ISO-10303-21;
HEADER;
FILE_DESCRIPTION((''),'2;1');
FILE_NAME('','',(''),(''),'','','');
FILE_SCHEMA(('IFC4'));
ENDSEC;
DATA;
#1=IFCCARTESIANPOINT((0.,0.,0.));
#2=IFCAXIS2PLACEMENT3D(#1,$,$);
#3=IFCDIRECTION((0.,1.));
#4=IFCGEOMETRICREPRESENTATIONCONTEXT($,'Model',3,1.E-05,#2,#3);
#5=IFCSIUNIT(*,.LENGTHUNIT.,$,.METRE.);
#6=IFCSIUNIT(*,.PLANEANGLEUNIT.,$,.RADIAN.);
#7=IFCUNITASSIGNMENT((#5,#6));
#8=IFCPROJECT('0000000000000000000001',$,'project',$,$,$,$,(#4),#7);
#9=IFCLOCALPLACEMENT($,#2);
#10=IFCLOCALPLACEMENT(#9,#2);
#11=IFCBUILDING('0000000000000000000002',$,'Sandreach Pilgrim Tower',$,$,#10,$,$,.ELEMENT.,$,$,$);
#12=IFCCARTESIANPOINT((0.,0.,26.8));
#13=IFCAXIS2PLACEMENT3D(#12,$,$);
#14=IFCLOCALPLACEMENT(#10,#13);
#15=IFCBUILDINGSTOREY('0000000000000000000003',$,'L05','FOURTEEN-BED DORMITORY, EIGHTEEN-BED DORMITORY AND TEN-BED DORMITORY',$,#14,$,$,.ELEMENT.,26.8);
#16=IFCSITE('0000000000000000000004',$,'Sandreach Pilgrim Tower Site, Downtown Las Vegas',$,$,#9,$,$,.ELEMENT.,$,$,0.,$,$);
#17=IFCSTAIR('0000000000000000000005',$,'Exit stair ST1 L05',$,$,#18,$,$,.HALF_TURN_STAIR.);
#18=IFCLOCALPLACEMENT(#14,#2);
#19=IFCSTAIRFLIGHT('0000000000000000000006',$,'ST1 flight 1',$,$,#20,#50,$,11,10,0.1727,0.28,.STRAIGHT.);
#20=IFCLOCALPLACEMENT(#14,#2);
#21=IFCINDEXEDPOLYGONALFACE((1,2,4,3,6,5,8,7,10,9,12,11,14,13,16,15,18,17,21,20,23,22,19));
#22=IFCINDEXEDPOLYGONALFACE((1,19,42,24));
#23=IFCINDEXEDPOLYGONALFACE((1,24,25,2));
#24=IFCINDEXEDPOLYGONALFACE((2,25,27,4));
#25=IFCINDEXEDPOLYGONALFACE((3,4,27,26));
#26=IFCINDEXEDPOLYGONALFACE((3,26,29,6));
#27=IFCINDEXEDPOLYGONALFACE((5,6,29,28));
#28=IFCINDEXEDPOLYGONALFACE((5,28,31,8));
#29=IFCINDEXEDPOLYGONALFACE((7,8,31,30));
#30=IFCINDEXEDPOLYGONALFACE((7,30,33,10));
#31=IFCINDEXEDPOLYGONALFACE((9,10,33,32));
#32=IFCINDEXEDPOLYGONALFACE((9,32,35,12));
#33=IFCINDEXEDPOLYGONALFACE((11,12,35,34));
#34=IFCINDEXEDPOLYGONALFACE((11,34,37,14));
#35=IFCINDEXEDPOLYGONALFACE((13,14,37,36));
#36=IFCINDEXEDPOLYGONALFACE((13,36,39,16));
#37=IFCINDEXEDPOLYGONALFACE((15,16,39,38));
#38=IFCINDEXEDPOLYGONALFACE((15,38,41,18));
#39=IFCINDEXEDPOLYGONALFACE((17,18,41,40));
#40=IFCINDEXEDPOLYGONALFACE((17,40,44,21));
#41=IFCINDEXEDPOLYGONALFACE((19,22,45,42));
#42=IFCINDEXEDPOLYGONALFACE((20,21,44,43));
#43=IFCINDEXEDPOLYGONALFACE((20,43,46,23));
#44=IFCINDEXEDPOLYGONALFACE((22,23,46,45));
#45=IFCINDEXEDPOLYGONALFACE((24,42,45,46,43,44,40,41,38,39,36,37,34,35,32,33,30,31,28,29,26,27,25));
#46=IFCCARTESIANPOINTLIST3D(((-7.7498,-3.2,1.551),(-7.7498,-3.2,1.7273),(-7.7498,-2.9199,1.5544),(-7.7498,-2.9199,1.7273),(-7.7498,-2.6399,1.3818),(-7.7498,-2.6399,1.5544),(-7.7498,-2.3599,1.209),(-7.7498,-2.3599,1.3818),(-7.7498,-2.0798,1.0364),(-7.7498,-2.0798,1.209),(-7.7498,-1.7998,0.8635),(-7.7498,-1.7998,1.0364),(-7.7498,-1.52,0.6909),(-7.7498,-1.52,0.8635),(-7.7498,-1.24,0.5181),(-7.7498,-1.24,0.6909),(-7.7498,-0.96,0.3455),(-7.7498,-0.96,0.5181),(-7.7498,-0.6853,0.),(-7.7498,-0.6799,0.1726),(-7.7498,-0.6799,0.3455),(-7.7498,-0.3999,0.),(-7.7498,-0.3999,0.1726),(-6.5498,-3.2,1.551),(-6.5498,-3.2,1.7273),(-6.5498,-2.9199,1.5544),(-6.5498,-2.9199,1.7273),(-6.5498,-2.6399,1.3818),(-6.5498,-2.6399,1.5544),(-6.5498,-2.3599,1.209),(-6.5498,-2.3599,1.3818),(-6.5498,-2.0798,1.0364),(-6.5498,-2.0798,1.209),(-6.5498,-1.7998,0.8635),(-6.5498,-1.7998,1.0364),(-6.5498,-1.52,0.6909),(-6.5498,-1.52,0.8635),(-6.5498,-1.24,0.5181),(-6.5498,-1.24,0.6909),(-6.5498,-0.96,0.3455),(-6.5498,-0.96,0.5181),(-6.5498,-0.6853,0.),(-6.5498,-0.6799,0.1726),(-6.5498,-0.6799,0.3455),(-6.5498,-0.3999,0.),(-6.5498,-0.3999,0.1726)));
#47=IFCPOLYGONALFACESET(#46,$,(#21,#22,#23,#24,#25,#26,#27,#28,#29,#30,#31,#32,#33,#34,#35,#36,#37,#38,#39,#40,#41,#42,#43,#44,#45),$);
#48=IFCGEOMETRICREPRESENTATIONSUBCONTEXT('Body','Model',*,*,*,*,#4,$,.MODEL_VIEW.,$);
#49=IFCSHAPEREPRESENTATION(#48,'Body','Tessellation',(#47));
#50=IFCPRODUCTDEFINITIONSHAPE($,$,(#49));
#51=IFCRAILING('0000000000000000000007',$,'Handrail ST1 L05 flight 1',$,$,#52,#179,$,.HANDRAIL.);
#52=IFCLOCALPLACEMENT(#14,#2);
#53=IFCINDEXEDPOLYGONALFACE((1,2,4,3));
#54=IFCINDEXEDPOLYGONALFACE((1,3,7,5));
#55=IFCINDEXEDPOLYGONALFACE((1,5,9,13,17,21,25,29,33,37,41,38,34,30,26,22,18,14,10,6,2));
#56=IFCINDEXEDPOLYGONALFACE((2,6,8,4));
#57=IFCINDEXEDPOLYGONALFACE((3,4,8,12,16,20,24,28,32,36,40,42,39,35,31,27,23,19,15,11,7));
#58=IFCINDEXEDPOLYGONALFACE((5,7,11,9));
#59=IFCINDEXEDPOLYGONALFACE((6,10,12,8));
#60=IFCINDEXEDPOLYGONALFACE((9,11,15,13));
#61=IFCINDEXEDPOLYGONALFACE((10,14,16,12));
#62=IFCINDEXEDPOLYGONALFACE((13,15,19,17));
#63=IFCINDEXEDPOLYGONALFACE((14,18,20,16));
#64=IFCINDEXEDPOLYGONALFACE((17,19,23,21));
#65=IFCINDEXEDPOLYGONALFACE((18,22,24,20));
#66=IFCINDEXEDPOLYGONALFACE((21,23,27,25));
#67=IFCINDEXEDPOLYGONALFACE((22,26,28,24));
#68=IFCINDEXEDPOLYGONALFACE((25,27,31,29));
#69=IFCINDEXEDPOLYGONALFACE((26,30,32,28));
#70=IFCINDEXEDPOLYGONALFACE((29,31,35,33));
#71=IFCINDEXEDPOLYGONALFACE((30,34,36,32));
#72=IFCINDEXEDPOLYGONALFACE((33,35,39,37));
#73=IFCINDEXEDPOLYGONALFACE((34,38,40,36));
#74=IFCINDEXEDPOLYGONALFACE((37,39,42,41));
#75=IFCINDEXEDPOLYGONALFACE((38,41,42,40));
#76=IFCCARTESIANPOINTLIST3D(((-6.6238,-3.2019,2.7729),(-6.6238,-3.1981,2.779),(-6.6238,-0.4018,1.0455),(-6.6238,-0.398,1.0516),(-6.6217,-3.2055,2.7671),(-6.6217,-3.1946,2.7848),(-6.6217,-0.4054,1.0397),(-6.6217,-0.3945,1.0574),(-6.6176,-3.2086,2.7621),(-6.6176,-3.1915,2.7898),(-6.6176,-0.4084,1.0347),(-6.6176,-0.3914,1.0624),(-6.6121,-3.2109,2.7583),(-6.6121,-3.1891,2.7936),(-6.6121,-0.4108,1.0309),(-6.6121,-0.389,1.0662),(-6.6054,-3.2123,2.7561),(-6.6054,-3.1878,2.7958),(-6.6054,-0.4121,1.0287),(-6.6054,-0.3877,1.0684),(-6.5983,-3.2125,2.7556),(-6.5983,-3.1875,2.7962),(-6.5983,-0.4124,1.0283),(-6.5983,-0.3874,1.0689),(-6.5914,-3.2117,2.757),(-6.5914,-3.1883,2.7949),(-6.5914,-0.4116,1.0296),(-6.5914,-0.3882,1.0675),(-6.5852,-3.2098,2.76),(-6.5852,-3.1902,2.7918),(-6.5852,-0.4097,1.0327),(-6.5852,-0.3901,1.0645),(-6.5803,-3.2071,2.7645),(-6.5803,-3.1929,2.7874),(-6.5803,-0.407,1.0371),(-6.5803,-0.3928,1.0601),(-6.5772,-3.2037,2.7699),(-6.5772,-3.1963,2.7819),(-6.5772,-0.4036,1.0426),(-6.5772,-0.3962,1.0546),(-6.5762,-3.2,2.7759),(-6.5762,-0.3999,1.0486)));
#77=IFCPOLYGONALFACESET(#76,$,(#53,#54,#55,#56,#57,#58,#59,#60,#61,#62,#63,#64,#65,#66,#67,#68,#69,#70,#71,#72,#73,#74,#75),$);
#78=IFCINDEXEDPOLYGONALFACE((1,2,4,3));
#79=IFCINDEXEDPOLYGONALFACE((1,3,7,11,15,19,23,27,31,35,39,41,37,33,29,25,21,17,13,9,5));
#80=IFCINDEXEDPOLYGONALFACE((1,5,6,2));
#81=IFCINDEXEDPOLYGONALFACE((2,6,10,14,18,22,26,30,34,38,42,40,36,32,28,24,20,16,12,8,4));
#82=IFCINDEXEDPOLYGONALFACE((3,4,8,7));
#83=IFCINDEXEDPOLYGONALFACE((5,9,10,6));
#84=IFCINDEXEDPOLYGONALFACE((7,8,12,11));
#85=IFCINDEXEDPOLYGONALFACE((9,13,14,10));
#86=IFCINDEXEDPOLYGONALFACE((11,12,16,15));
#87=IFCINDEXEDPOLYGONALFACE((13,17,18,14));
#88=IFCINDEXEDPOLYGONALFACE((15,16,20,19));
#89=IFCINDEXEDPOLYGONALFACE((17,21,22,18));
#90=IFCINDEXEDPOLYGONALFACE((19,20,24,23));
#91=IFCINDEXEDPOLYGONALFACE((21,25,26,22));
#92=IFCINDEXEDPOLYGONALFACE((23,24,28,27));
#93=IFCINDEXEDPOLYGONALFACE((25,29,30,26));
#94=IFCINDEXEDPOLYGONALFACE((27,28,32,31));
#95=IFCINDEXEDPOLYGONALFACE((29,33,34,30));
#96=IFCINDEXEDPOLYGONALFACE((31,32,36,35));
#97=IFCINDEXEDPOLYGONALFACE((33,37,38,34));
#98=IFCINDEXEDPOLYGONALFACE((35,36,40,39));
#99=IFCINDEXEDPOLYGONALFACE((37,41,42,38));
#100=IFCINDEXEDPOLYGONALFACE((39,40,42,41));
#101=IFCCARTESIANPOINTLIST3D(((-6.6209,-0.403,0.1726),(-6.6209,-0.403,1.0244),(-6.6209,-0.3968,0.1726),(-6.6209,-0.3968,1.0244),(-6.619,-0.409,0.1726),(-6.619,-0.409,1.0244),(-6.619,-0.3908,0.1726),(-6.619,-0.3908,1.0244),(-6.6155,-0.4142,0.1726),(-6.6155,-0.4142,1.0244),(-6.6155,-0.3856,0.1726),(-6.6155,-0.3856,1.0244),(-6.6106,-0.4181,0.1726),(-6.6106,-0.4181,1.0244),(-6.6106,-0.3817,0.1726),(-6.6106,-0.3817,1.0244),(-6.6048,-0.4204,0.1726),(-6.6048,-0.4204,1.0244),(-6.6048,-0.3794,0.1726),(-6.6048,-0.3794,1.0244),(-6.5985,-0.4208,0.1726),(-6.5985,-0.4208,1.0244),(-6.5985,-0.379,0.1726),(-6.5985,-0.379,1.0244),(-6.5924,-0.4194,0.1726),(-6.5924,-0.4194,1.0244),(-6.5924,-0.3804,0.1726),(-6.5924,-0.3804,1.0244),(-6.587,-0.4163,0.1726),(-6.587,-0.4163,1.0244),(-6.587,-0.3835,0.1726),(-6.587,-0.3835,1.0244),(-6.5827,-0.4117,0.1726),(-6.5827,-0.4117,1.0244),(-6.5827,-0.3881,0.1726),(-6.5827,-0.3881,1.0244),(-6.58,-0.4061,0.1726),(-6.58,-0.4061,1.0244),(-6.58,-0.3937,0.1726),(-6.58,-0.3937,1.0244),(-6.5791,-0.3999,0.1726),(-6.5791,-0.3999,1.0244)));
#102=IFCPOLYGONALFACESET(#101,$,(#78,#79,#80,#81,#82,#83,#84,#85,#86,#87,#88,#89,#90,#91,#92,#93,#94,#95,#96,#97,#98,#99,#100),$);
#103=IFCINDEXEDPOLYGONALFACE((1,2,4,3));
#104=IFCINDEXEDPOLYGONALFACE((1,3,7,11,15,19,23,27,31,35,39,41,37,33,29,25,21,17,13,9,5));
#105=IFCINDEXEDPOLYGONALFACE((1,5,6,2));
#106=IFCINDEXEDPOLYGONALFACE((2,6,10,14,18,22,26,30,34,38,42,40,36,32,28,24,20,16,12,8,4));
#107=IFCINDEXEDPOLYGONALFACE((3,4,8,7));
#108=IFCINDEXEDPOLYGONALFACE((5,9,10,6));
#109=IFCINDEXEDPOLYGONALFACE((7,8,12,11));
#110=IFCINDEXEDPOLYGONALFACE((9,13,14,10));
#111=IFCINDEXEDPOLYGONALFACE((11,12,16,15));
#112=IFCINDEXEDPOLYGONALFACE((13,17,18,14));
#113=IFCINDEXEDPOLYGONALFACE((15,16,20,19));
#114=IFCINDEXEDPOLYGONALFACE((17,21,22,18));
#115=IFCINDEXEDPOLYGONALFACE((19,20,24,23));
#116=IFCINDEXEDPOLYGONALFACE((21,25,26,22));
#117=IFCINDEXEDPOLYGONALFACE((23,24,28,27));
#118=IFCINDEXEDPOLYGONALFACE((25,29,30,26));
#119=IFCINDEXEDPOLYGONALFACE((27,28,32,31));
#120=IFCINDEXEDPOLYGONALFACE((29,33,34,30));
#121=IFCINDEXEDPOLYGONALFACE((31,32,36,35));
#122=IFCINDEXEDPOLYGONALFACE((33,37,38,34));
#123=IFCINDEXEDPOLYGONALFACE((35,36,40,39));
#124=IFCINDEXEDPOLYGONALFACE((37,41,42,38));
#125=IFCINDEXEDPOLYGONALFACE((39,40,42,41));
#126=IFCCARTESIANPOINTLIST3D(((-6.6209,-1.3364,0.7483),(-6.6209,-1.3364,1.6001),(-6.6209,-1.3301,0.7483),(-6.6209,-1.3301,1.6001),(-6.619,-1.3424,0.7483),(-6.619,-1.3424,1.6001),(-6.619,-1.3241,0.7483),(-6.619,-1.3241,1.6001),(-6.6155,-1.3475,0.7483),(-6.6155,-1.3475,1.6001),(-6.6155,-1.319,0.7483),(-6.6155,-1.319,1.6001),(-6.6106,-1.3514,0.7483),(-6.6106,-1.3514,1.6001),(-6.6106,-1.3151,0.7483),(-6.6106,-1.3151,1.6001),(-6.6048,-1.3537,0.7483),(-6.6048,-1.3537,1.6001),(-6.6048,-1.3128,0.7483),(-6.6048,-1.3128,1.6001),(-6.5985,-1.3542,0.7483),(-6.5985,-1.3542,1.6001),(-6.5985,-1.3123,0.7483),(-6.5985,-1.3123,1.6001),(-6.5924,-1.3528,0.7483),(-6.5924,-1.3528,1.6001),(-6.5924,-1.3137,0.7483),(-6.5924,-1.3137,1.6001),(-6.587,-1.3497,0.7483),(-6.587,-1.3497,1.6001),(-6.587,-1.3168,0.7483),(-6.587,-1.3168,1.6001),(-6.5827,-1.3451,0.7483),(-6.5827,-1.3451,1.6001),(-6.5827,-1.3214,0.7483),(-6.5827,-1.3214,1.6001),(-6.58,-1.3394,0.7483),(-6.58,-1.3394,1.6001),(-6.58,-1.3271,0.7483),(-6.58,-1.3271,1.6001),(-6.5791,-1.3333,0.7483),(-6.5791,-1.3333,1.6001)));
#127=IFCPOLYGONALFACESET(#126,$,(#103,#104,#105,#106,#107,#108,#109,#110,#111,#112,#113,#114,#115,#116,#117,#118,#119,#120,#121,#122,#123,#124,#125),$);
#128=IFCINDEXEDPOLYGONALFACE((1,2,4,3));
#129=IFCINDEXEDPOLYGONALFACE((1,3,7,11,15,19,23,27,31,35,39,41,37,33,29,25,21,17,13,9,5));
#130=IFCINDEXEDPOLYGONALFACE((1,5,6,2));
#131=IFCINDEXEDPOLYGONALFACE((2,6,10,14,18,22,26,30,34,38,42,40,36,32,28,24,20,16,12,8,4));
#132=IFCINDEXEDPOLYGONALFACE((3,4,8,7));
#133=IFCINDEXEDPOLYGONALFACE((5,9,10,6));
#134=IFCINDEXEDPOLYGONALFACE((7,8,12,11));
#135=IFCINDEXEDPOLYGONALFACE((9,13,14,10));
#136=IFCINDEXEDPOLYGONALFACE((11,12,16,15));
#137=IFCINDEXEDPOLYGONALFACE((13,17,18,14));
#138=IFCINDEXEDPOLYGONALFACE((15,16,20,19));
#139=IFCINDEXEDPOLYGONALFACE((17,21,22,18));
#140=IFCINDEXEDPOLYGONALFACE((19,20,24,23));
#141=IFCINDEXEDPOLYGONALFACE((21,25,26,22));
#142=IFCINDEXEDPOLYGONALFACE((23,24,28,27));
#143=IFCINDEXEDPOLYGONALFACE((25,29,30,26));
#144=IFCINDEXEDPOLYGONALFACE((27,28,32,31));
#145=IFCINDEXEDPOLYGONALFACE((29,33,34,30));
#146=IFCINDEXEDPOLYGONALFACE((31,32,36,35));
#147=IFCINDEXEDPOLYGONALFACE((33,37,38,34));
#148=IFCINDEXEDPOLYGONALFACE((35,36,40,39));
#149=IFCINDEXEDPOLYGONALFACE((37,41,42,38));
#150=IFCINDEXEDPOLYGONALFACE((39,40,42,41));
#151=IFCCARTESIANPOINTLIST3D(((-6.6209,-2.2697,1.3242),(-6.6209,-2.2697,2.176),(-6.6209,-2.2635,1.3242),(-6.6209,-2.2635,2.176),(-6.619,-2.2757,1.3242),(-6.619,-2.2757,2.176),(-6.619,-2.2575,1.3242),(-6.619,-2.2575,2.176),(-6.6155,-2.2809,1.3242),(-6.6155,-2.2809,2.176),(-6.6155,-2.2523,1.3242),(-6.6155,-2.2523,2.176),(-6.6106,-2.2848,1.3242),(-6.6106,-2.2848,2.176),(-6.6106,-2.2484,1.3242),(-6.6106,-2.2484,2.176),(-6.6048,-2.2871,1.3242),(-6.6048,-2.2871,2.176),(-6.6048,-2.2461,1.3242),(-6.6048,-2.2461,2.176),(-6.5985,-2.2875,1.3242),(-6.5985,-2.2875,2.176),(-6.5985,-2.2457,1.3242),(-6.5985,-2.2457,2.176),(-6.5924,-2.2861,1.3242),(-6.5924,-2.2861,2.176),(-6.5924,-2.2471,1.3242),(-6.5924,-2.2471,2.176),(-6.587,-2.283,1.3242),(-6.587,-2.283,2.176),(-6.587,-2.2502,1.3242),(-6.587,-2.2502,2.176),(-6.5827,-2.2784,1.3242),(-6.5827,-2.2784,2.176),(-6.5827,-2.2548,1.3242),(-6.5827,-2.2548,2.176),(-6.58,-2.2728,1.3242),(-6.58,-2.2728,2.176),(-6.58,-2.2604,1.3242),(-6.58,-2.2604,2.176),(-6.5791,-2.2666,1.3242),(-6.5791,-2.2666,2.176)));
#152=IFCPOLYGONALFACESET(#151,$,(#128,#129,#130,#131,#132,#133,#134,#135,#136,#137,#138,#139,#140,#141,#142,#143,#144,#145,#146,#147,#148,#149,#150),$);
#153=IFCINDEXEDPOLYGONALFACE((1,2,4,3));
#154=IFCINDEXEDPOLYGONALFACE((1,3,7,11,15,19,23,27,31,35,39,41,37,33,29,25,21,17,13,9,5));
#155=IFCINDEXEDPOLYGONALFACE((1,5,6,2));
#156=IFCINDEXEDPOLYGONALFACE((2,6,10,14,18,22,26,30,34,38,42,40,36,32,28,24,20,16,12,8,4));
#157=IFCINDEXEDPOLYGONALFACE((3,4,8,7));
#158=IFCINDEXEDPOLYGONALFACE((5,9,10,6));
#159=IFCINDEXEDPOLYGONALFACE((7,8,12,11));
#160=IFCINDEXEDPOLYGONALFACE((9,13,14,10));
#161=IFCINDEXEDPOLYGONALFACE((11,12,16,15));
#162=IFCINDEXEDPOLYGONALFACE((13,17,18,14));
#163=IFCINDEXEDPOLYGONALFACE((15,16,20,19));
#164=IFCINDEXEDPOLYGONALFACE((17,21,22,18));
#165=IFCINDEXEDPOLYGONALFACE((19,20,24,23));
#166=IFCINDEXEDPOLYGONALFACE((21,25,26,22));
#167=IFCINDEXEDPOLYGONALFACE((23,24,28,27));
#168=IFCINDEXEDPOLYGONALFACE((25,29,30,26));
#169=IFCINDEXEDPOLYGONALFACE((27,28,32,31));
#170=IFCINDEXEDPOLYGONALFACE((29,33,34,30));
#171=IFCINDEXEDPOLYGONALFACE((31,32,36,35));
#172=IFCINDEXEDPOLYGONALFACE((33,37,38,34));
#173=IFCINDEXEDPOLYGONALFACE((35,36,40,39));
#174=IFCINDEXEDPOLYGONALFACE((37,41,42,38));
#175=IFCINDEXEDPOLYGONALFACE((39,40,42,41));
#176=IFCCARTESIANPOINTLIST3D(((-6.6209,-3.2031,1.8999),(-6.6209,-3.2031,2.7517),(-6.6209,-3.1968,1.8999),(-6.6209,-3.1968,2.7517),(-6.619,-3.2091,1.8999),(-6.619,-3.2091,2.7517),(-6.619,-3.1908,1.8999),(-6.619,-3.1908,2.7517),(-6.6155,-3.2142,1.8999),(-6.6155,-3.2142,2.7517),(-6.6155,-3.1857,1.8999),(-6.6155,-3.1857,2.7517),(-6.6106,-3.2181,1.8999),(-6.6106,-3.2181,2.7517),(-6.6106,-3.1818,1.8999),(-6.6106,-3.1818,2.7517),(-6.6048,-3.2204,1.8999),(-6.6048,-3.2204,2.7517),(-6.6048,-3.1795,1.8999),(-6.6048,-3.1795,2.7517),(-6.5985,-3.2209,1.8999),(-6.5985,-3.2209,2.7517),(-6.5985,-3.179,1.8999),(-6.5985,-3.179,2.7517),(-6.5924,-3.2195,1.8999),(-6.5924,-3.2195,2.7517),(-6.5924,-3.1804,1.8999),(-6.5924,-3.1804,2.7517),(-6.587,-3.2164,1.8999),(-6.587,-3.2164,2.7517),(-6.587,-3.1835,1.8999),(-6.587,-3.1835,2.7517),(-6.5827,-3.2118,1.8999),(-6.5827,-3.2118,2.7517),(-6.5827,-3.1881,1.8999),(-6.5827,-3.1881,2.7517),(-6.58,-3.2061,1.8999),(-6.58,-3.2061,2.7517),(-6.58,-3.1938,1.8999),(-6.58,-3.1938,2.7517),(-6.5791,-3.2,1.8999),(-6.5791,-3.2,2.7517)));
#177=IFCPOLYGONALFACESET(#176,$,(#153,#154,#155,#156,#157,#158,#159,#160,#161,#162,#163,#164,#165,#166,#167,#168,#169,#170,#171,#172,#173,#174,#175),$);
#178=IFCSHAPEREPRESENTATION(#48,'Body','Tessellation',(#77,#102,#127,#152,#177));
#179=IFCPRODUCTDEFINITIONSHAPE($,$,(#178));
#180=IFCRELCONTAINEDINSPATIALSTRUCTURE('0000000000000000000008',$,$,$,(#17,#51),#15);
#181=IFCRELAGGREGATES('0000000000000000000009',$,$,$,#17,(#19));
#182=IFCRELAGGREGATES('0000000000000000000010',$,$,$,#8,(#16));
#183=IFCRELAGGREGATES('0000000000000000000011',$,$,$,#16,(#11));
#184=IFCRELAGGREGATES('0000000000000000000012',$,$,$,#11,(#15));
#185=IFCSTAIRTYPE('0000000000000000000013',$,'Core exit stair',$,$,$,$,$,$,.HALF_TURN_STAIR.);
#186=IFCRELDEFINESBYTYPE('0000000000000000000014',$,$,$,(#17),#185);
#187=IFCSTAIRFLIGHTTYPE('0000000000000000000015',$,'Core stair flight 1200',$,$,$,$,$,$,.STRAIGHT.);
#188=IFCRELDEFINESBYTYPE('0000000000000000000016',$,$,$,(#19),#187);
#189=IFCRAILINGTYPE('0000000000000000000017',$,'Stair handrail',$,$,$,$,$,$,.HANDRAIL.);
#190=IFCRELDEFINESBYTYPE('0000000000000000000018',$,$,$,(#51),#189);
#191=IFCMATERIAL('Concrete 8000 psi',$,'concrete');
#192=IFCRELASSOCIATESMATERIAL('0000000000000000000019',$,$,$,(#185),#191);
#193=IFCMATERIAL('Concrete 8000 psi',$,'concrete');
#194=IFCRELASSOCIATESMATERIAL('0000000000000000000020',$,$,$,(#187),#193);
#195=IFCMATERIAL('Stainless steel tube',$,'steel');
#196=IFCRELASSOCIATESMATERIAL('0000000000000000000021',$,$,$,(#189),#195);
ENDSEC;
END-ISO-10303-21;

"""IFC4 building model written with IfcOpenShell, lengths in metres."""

from ifc_helpers import new_model, si_unit, direction, frame, origin, origin_2d, place, context, subcontext, project, spatial, polyline, circle, outline, extrude, material, type_object, element, aggregate, save


model = new_model("IFC4")

# Units and contexts
model_context = context("Model", 3, precision=1e-05, world=origin(), true_north=direction((0.0, 1.0)))
body_context = subcontext(model_context, "Body", "Model", "MODEL_VIEW")
ifc_project = project(units=[si_unit("LENGTHUNIT", "METRE"), si_unit("PLANEANGLEUNIT", "RADIAN")], contexts=[model_context])

# Site, building, storey
site_placement = place(None, origin())
site = spatial("IfcSite", under=ifc_project, at=site_placement, Name="Sandreach Pilgrim Tower Site, Downtown Las Vegas", CompositionType="ELEMENT", RefElevation=0.0)
building_placement = place(site_placement, origin())
building = spatial("IfcBuilding", under=site, at=building_placement, Name="Sandreach Pilgrim Tower", CompositionType="ELEMENT")
storey_placement = place(building_placement, frame((0.0, 0.0, 26.8)))
storey = spatial("IfcBuildingStorey", under=building, at=storey_placement, Name="L05", Description="FOURTEEN-BED DORMITORY, EIGHTEEN-BED DORMITORY AND TEN-BED DORMITORY", CompositionType="ELEMENT", Elevation=26.8)

# Stair, stair flight
ifc_material_1 = material(Name="Concrete 8000 psi", Category="concrete")
stair_type = type_object("IfcStairType", Name="Core exit stair", PredefinedType="HALF_TURN_STAIR", material=ifc_material_1)
stair_placement = place(storey_placement, origin())
stair = element("IfcStair", 1, at=stair_placement, inside=storey, type_object=stair_type, Name="Exit stair ST1 L05", PredefinedType="HALF_TURN_STAIR")
ifc_material_2 = material(Name="Concrete 8000 psi", Category="concrete")
stair_flight_type = type_object("IfcStairFlightType", Name="Core stair flight 1200", PredefinedType="STRAIGHT", material=ifc_material_2)
stair_flight_placement = place(storey_placement, frame((-7.1499, -0.3999, 0.0), z_axis=(0.0, 0.0, 1.0), x_axis=(0.0, -1.0, 0.0)))
stair_flight = element("IfcStairFlight", 2, at=stair_flight_placement, type_object=stair_flight_type, Name="ST1 flight 1", NumberOfRisers=11, NumberOfTreads=10, PredefinedType="STRAIGHT", RiserHeight=0.1727, TreadLength=0.28, context=body_context, shape_type="SweptSolid", body=[
    extrude(outline(polyline([(0.0, 0.0), (0.0, 0.1726), (0.28, 0.1726), (0.28, 0.3455), (0.5601, 0.3455), (0.5601, 0.5181), (0.8401, 0.5181), (0.8401, 0.6909), (1.1201, 0.6909), (1.1201, 0.8635), (1.3999, 0.8635), (1.3999, 1.0364), (1.6799, 1.0364), (1.6799, 1.209), (1.96, 1.209), (1.96, 1.3818), (2.24, 1.3818), (2.24, 1.5544), (2.52, 1.5544), (2.52, 1.7273), (2.8, 1.7273), (2.8, 1.8999), (2.8, 1.551), (0.2854, 0.0), (0.0, 0.0)])), frame((0.0, 0.6001, 0.0), z_axis=(0.0, -1.0, 0.0), x_axis=(1.0, 0.0, 0.0)), (0.0, 0.0, 1.0), 1.2),
])
aggregate(stair, [stair_flight])

# Railing
ifc_material_3 = material(Name="Stainless steel tube", Category="steel")
railing_type = type_object("IfcRailingType", Name="Stair handrail", PredefinedType="HANDRAIL", material=ifc_material_3)
for number, where, name in (
    (3, (-6.6001, -0.3999, 0.1726), "Handrail ST1 L05 flight 1"),
):
    element("IfcRailing", number, at=place(storey_placement, frame(where)), inside=storey, type_object=railing_type, Name=name, PredefinedType="HANDRAIL", context=body_context, shape_type="SweptSolid", body=[
        extrude(circle(Radius=0.0239, at=origin_2d()), frame((0.0, 0.0, 0.876), z_axis=(0.0, -0.85109, 0.52502), x_axis=(1.0, 0.0, 0.0)), (0.0, 0.0, 1.0), 3.29),
        extrude(circle(Radius=0.021, at=origin_2d()), origin(), (0.0, 0.0, 1.0), 0.8518),
        extrude(circle(Radius=0.021, at=origin_2d()), frame((0.0, -0.9333, 0.5757)), (0.0, 0.0, 1.0), 0.8518),
        extrude(circle(Radius=0.021, at=origin_2d()), frame((0.0, -1.8667, 1.1516)), (0.0, 0.0, 1.0), 0.8518),
        extrude(circle(Radius=0.021, at=origin_2d()), frame((0.0, -2.8, 1.7273)), (0.0, 0.0, 1.0), 0.8518),
    ])

save(model, "model.ifc")
